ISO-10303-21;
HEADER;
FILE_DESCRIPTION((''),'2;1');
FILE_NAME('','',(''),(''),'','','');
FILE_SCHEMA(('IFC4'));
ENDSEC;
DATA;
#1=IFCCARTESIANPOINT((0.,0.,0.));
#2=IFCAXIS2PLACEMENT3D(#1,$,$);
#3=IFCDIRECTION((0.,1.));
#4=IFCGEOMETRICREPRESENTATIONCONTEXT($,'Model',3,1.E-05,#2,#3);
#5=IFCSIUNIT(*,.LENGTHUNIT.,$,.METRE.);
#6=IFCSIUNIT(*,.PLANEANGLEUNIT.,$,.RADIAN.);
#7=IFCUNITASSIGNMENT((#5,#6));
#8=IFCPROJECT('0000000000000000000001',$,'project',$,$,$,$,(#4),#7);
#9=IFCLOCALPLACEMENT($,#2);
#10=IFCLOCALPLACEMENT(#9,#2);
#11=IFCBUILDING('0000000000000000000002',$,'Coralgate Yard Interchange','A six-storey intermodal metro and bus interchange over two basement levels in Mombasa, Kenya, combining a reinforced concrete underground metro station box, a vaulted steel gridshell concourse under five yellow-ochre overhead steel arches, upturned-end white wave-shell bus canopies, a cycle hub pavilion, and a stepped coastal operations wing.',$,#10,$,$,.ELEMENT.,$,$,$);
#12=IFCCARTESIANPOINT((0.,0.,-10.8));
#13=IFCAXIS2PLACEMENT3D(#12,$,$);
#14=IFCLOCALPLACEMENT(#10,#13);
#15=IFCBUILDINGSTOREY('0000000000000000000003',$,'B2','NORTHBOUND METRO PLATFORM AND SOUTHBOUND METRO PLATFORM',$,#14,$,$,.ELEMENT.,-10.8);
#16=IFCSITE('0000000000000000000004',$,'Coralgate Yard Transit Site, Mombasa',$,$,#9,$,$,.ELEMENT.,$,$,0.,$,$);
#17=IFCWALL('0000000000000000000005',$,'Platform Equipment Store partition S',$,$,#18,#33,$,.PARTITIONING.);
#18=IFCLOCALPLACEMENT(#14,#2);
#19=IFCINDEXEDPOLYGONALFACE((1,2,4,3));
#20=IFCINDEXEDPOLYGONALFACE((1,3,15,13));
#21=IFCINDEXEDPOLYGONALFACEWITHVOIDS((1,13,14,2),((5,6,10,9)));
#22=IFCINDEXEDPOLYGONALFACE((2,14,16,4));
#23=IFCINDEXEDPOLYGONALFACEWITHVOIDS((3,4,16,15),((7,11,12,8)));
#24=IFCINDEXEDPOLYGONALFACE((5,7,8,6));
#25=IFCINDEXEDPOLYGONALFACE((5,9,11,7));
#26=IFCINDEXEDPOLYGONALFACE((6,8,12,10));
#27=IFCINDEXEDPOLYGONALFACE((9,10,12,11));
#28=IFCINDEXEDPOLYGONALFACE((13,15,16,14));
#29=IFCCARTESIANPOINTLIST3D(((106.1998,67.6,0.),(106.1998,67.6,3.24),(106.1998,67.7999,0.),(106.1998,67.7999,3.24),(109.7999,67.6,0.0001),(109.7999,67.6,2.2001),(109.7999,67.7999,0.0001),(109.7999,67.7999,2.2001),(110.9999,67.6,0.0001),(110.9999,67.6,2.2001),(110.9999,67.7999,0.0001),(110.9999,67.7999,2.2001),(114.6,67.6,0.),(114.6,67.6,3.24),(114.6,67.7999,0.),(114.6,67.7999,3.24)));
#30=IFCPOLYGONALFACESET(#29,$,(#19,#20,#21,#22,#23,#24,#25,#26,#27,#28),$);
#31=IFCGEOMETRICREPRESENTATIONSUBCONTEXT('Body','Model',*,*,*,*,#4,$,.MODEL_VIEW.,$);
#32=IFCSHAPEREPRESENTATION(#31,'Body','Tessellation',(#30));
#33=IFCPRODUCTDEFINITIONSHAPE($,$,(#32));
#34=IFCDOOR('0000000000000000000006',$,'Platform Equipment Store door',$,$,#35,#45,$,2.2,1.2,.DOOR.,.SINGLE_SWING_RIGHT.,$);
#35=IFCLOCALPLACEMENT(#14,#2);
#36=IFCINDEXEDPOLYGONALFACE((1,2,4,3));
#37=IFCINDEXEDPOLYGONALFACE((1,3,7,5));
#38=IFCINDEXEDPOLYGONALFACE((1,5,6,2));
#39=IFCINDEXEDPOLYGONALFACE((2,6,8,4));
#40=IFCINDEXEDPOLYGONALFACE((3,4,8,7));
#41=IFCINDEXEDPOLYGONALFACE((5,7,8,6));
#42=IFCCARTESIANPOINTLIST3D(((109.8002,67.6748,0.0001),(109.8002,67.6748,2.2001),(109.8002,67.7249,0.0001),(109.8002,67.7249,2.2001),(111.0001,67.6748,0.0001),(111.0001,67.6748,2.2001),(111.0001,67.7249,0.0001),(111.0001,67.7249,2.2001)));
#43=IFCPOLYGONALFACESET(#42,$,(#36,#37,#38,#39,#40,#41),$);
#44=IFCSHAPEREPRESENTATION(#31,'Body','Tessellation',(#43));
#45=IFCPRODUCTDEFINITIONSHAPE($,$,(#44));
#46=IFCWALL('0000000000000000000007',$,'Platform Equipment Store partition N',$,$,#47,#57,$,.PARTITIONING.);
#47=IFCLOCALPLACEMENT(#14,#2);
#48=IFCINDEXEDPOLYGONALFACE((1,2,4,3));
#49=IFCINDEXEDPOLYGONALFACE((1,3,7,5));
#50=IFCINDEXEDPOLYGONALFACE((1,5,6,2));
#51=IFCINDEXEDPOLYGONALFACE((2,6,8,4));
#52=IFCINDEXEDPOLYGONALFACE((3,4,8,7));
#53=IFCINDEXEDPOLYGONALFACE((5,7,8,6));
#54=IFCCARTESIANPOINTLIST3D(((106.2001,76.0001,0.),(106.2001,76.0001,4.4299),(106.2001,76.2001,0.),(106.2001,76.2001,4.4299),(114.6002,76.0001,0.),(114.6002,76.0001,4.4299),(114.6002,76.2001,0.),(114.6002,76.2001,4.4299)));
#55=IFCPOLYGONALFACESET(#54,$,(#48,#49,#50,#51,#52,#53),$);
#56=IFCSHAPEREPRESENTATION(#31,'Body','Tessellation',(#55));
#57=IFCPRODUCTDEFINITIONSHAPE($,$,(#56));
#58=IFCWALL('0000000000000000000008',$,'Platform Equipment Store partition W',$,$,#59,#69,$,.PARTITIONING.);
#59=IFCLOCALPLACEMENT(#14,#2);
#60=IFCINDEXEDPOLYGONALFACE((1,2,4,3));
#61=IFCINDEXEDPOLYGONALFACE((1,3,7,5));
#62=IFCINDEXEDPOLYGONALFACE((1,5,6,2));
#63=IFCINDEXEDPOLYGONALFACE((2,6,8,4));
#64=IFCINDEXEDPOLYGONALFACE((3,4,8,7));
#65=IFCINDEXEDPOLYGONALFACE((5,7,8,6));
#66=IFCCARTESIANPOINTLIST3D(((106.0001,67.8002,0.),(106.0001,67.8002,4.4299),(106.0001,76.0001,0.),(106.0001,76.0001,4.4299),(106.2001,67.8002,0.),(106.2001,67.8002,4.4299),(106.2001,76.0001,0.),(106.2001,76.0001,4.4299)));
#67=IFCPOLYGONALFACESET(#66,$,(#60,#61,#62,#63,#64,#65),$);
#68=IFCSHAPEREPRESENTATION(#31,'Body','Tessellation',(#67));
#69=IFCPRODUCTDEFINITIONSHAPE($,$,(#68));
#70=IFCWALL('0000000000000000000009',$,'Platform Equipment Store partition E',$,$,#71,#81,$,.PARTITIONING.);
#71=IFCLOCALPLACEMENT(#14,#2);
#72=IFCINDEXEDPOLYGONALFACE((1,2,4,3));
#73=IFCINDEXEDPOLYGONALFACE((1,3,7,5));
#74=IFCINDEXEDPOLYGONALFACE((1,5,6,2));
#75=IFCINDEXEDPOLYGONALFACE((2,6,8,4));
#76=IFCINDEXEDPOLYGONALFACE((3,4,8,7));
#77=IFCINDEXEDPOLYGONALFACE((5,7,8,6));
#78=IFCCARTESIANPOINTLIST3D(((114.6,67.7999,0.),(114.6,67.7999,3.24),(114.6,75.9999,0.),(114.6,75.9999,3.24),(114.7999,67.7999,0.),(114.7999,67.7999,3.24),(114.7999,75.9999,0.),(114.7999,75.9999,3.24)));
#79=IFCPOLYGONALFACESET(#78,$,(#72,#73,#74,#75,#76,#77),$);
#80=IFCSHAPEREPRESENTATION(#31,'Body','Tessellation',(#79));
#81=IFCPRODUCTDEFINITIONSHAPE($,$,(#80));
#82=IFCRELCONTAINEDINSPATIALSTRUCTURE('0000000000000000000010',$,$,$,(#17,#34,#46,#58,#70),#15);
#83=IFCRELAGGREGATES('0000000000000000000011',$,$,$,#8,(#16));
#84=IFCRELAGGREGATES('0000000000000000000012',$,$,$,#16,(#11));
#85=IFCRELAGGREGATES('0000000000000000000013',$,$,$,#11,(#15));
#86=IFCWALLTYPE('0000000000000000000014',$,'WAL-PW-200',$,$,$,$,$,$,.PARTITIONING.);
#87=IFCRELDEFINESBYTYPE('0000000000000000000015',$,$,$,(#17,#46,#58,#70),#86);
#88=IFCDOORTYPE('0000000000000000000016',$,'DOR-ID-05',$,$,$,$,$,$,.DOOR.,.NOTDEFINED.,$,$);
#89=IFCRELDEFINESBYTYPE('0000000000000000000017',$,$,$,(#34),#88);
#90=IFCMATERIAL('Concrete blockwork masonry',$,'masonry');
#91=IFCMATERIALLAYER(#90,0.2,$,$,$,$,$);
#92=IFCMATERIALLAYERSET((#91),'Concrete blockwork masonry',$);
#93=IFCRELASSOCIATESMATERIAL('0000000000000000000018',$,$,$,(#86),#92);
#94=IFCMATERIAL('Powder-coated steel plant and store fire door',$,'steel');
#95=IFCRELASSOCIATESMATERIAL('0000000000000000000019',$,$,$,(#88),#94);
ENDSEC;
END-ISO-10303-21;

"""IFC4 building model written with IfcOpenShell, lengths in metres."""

from ifc_helpers import new_model, si_unit, direction, frame, frame_2d, origin, place, context, subcontext, project, spatial, rectangle, extrude, material, layer, layer_set, type_object, element, fill, save


model = new_model("IFC4")

# Units and contexts
model_context = context("Model", 3, precision=1e-05, world=origin(), true_north=direction((0.0, 1.0)))
body_context = subcontext(model_context, "Body", "Model", "MODEL_VIEW")
ifc_project = project(units=[si_unit("LENGTHUNIT", "METRE"), si_unit("PLANEANGLEUNIT", "RADIAN")], contexts=[model_context])

# Site, building, storey
site_placement = place(None, origin())
site = spatial("IfcSite", under=ifc_project, at=site_placement, Name="Coralgate Yard Transit Site, Mombasa", CompositionType="ELEMENT", RefElevation=0.0)
building_placement = place(site_placement, origin())
building = spatial("IfcBuilding", under=site, at=building_placement, Name="Coralgate Yard Interchange", Description="A six-storey intermodal metro and bus interchange over two basement levels in Mombasa, Kenya, combining a reinforced concrete underground metro station box, a vaulted steel gridshell concourse under five yellow-ochre overhead steel arches, upturned-end white wave-shell bus canopies, a cycle hub pavilion, and a stepped coastal operations wing.", CompositionType="ELEMENT")
storey_placement = place(building_placement, frame((0.0, 0.0, -10.8)))
storey = spatial("IfcBuildingStorey", under=building, at=storey_placement, Name="B2", Description="NORTHBOUND METRO PLATFORM AND SOUTHBOUND METRO PLATFORM", CompositionType="ELEMENT", Elevation=-10.8)

# Wall, opening, door
ifc_material_1 = material(Name="Concrete blockwork masonry", Category="masonry")
ifc_layer_1 = layer(ifc_material_1, 0.2)
ifc_layer_set_1 = layer_set([ifc_layer_1], Name="Concrete blockwork masonry")
wall_type_1 = type_object("IfcWallType", Name="WAL-PW-200", PredefinedType="PARTITIONING", material=ifc_layer_set_1)
wall_1_placement = place(storey_placement, frame((114.6001, 67.7, 0.0), z_axis=(0.0, 0.0, 1.0), x_axis=(-1.0, 0.0, 0.0)))
wall_1 = element("IfcWall", 1, at=wall_1_placement, inside=storey, type_object=wall_type_1, Name="Platform Equipment Store partition S", PredefinedType="PARTITIONING", context=body_context, shape_type="SweptSolid", body=[
    extrude(rectangle(XDim=8.4001, YDim=0.2, at=frame_2d((4.2002, 0.0))), origin(), (0.0, 0.0, 1.0), 3.24),
])
opening_placement = place(wall_1_placement, frame((3.6001, 0.0, 0.0)))
opening = element("IfcOpeningElement", 2, at=opening_placement, cuts=wall_1, PredefinedType="OPENING", context=body_context, shape_type="SweptSolid", body=[
    extrude(rectangle(XDim=1.2, YDim=2.2, at=frame_2d((0.6001, 1.1001))), frame((0.0, 0.1099, 0.0), z_axis=(0.0, -1.0, 0.0), x_axis=(1.0, 0.0, 0.0)), (0.0, 0.0, 1.0), 0.22),
])
ifc_material_2 = material(Name="Powder-coated steel plant and store fire door", Category="steel")
door_type = type_object("IfcDoorType", Name="DOR-ID-05", OperationType="NOTDEFINED", PredefinedType="DOOR", material=ifc_material_2)
door_placement = place(opening_placement, frame((1.2, 0.0, 0.0), z_axis=(0.0, 0.0, 1.0), x_axis=(-1.0, 0.0, 0.0)))
door = element("IfcDoor", 3, at=door_placement, inside=storey, type_object=door_type, Name="Platform Equipment Store door", OperationType="SINGLE_SWING_RIGHT", OverallHeight=2.2, OverallWidth=1.2, PredefinedType="DOOR", context=body_context, shape_type="SweptSolid", body=[
    extrude(rectangle(XDim=1.2, YDim=2.2, at=frame_2d((0.6001, 1.1001))), frame((0.0, 0.0249, 0.0), z_axis=(0.0, -1.0, 0.0), x_axis=(1.0, 0.0, 0.0)), (0.0, 0.0, 1.0), 0.05),
])
fill(opening, door)

# Walls
wall_2_placement = place(storey_placement, frame((106.2, 76.1001, 0.0), z_axis=(0.0, 0.0, 1.0), x_axis=(1.0, 0.0, 0.0)))
element("IfcWall", 4, at=wall_2_placement, inside=storey, type_object=wall_type_1, Name="Platform Equipment Store partition N", PredefinedType="PARTITIONING", context=body_context, shape_type="SweptSolid", body=[
    extrude(rectangle(XDim=8.4001, YDim=0.2, at=frame_2d((4.2002, 0.0))), origin(), (0.0, 0.0, 1.0), 4.4299),
])
wall_3_placement = place(storey_placement, frame((106.1001, 67.8, 0.0), z_axis=(0.0, 0.0, 1.0), x_axis=(0.0, 1.0, 0.0)))
element("IfcWall", 5, at=wall_3_placement, inside=storey, type_object=wall_type_1, Name="Platform Equipment Store partition W", PredefinedType="PARTITIONING", context=body_context, shape_type="SweptSolid", body=[
    extrude(rectangle(XDim=8.2, YDim=0.2, at=frame_2d((4.1001, 0.0))), origin(), (0.0, 0.0, 1.0), 4.4299),
])
wall_4_placement = place(storey_placement, frame((114.7, 76.0, 0.0), z_axis=(0.0, 0.0, 1.0), x_axis=(0.0, -1.0, 0.0)))
element("IfcWall", 6, at=wall_4_placement, inside=storey, type_object=wall_type_1, Name="Platform Equipment Store partition E", PredefinedType="PARTITIONING", context=body_context, shape_type="SweptSolid", body=[
    extrude(rectangle(XDim=8.2, YDim=0.2, at=frame_2d((4.1001, 0.0))), origin(), (0.0, 0.0, 1.0), 3.24),
])

save(model, "model.ifc")
